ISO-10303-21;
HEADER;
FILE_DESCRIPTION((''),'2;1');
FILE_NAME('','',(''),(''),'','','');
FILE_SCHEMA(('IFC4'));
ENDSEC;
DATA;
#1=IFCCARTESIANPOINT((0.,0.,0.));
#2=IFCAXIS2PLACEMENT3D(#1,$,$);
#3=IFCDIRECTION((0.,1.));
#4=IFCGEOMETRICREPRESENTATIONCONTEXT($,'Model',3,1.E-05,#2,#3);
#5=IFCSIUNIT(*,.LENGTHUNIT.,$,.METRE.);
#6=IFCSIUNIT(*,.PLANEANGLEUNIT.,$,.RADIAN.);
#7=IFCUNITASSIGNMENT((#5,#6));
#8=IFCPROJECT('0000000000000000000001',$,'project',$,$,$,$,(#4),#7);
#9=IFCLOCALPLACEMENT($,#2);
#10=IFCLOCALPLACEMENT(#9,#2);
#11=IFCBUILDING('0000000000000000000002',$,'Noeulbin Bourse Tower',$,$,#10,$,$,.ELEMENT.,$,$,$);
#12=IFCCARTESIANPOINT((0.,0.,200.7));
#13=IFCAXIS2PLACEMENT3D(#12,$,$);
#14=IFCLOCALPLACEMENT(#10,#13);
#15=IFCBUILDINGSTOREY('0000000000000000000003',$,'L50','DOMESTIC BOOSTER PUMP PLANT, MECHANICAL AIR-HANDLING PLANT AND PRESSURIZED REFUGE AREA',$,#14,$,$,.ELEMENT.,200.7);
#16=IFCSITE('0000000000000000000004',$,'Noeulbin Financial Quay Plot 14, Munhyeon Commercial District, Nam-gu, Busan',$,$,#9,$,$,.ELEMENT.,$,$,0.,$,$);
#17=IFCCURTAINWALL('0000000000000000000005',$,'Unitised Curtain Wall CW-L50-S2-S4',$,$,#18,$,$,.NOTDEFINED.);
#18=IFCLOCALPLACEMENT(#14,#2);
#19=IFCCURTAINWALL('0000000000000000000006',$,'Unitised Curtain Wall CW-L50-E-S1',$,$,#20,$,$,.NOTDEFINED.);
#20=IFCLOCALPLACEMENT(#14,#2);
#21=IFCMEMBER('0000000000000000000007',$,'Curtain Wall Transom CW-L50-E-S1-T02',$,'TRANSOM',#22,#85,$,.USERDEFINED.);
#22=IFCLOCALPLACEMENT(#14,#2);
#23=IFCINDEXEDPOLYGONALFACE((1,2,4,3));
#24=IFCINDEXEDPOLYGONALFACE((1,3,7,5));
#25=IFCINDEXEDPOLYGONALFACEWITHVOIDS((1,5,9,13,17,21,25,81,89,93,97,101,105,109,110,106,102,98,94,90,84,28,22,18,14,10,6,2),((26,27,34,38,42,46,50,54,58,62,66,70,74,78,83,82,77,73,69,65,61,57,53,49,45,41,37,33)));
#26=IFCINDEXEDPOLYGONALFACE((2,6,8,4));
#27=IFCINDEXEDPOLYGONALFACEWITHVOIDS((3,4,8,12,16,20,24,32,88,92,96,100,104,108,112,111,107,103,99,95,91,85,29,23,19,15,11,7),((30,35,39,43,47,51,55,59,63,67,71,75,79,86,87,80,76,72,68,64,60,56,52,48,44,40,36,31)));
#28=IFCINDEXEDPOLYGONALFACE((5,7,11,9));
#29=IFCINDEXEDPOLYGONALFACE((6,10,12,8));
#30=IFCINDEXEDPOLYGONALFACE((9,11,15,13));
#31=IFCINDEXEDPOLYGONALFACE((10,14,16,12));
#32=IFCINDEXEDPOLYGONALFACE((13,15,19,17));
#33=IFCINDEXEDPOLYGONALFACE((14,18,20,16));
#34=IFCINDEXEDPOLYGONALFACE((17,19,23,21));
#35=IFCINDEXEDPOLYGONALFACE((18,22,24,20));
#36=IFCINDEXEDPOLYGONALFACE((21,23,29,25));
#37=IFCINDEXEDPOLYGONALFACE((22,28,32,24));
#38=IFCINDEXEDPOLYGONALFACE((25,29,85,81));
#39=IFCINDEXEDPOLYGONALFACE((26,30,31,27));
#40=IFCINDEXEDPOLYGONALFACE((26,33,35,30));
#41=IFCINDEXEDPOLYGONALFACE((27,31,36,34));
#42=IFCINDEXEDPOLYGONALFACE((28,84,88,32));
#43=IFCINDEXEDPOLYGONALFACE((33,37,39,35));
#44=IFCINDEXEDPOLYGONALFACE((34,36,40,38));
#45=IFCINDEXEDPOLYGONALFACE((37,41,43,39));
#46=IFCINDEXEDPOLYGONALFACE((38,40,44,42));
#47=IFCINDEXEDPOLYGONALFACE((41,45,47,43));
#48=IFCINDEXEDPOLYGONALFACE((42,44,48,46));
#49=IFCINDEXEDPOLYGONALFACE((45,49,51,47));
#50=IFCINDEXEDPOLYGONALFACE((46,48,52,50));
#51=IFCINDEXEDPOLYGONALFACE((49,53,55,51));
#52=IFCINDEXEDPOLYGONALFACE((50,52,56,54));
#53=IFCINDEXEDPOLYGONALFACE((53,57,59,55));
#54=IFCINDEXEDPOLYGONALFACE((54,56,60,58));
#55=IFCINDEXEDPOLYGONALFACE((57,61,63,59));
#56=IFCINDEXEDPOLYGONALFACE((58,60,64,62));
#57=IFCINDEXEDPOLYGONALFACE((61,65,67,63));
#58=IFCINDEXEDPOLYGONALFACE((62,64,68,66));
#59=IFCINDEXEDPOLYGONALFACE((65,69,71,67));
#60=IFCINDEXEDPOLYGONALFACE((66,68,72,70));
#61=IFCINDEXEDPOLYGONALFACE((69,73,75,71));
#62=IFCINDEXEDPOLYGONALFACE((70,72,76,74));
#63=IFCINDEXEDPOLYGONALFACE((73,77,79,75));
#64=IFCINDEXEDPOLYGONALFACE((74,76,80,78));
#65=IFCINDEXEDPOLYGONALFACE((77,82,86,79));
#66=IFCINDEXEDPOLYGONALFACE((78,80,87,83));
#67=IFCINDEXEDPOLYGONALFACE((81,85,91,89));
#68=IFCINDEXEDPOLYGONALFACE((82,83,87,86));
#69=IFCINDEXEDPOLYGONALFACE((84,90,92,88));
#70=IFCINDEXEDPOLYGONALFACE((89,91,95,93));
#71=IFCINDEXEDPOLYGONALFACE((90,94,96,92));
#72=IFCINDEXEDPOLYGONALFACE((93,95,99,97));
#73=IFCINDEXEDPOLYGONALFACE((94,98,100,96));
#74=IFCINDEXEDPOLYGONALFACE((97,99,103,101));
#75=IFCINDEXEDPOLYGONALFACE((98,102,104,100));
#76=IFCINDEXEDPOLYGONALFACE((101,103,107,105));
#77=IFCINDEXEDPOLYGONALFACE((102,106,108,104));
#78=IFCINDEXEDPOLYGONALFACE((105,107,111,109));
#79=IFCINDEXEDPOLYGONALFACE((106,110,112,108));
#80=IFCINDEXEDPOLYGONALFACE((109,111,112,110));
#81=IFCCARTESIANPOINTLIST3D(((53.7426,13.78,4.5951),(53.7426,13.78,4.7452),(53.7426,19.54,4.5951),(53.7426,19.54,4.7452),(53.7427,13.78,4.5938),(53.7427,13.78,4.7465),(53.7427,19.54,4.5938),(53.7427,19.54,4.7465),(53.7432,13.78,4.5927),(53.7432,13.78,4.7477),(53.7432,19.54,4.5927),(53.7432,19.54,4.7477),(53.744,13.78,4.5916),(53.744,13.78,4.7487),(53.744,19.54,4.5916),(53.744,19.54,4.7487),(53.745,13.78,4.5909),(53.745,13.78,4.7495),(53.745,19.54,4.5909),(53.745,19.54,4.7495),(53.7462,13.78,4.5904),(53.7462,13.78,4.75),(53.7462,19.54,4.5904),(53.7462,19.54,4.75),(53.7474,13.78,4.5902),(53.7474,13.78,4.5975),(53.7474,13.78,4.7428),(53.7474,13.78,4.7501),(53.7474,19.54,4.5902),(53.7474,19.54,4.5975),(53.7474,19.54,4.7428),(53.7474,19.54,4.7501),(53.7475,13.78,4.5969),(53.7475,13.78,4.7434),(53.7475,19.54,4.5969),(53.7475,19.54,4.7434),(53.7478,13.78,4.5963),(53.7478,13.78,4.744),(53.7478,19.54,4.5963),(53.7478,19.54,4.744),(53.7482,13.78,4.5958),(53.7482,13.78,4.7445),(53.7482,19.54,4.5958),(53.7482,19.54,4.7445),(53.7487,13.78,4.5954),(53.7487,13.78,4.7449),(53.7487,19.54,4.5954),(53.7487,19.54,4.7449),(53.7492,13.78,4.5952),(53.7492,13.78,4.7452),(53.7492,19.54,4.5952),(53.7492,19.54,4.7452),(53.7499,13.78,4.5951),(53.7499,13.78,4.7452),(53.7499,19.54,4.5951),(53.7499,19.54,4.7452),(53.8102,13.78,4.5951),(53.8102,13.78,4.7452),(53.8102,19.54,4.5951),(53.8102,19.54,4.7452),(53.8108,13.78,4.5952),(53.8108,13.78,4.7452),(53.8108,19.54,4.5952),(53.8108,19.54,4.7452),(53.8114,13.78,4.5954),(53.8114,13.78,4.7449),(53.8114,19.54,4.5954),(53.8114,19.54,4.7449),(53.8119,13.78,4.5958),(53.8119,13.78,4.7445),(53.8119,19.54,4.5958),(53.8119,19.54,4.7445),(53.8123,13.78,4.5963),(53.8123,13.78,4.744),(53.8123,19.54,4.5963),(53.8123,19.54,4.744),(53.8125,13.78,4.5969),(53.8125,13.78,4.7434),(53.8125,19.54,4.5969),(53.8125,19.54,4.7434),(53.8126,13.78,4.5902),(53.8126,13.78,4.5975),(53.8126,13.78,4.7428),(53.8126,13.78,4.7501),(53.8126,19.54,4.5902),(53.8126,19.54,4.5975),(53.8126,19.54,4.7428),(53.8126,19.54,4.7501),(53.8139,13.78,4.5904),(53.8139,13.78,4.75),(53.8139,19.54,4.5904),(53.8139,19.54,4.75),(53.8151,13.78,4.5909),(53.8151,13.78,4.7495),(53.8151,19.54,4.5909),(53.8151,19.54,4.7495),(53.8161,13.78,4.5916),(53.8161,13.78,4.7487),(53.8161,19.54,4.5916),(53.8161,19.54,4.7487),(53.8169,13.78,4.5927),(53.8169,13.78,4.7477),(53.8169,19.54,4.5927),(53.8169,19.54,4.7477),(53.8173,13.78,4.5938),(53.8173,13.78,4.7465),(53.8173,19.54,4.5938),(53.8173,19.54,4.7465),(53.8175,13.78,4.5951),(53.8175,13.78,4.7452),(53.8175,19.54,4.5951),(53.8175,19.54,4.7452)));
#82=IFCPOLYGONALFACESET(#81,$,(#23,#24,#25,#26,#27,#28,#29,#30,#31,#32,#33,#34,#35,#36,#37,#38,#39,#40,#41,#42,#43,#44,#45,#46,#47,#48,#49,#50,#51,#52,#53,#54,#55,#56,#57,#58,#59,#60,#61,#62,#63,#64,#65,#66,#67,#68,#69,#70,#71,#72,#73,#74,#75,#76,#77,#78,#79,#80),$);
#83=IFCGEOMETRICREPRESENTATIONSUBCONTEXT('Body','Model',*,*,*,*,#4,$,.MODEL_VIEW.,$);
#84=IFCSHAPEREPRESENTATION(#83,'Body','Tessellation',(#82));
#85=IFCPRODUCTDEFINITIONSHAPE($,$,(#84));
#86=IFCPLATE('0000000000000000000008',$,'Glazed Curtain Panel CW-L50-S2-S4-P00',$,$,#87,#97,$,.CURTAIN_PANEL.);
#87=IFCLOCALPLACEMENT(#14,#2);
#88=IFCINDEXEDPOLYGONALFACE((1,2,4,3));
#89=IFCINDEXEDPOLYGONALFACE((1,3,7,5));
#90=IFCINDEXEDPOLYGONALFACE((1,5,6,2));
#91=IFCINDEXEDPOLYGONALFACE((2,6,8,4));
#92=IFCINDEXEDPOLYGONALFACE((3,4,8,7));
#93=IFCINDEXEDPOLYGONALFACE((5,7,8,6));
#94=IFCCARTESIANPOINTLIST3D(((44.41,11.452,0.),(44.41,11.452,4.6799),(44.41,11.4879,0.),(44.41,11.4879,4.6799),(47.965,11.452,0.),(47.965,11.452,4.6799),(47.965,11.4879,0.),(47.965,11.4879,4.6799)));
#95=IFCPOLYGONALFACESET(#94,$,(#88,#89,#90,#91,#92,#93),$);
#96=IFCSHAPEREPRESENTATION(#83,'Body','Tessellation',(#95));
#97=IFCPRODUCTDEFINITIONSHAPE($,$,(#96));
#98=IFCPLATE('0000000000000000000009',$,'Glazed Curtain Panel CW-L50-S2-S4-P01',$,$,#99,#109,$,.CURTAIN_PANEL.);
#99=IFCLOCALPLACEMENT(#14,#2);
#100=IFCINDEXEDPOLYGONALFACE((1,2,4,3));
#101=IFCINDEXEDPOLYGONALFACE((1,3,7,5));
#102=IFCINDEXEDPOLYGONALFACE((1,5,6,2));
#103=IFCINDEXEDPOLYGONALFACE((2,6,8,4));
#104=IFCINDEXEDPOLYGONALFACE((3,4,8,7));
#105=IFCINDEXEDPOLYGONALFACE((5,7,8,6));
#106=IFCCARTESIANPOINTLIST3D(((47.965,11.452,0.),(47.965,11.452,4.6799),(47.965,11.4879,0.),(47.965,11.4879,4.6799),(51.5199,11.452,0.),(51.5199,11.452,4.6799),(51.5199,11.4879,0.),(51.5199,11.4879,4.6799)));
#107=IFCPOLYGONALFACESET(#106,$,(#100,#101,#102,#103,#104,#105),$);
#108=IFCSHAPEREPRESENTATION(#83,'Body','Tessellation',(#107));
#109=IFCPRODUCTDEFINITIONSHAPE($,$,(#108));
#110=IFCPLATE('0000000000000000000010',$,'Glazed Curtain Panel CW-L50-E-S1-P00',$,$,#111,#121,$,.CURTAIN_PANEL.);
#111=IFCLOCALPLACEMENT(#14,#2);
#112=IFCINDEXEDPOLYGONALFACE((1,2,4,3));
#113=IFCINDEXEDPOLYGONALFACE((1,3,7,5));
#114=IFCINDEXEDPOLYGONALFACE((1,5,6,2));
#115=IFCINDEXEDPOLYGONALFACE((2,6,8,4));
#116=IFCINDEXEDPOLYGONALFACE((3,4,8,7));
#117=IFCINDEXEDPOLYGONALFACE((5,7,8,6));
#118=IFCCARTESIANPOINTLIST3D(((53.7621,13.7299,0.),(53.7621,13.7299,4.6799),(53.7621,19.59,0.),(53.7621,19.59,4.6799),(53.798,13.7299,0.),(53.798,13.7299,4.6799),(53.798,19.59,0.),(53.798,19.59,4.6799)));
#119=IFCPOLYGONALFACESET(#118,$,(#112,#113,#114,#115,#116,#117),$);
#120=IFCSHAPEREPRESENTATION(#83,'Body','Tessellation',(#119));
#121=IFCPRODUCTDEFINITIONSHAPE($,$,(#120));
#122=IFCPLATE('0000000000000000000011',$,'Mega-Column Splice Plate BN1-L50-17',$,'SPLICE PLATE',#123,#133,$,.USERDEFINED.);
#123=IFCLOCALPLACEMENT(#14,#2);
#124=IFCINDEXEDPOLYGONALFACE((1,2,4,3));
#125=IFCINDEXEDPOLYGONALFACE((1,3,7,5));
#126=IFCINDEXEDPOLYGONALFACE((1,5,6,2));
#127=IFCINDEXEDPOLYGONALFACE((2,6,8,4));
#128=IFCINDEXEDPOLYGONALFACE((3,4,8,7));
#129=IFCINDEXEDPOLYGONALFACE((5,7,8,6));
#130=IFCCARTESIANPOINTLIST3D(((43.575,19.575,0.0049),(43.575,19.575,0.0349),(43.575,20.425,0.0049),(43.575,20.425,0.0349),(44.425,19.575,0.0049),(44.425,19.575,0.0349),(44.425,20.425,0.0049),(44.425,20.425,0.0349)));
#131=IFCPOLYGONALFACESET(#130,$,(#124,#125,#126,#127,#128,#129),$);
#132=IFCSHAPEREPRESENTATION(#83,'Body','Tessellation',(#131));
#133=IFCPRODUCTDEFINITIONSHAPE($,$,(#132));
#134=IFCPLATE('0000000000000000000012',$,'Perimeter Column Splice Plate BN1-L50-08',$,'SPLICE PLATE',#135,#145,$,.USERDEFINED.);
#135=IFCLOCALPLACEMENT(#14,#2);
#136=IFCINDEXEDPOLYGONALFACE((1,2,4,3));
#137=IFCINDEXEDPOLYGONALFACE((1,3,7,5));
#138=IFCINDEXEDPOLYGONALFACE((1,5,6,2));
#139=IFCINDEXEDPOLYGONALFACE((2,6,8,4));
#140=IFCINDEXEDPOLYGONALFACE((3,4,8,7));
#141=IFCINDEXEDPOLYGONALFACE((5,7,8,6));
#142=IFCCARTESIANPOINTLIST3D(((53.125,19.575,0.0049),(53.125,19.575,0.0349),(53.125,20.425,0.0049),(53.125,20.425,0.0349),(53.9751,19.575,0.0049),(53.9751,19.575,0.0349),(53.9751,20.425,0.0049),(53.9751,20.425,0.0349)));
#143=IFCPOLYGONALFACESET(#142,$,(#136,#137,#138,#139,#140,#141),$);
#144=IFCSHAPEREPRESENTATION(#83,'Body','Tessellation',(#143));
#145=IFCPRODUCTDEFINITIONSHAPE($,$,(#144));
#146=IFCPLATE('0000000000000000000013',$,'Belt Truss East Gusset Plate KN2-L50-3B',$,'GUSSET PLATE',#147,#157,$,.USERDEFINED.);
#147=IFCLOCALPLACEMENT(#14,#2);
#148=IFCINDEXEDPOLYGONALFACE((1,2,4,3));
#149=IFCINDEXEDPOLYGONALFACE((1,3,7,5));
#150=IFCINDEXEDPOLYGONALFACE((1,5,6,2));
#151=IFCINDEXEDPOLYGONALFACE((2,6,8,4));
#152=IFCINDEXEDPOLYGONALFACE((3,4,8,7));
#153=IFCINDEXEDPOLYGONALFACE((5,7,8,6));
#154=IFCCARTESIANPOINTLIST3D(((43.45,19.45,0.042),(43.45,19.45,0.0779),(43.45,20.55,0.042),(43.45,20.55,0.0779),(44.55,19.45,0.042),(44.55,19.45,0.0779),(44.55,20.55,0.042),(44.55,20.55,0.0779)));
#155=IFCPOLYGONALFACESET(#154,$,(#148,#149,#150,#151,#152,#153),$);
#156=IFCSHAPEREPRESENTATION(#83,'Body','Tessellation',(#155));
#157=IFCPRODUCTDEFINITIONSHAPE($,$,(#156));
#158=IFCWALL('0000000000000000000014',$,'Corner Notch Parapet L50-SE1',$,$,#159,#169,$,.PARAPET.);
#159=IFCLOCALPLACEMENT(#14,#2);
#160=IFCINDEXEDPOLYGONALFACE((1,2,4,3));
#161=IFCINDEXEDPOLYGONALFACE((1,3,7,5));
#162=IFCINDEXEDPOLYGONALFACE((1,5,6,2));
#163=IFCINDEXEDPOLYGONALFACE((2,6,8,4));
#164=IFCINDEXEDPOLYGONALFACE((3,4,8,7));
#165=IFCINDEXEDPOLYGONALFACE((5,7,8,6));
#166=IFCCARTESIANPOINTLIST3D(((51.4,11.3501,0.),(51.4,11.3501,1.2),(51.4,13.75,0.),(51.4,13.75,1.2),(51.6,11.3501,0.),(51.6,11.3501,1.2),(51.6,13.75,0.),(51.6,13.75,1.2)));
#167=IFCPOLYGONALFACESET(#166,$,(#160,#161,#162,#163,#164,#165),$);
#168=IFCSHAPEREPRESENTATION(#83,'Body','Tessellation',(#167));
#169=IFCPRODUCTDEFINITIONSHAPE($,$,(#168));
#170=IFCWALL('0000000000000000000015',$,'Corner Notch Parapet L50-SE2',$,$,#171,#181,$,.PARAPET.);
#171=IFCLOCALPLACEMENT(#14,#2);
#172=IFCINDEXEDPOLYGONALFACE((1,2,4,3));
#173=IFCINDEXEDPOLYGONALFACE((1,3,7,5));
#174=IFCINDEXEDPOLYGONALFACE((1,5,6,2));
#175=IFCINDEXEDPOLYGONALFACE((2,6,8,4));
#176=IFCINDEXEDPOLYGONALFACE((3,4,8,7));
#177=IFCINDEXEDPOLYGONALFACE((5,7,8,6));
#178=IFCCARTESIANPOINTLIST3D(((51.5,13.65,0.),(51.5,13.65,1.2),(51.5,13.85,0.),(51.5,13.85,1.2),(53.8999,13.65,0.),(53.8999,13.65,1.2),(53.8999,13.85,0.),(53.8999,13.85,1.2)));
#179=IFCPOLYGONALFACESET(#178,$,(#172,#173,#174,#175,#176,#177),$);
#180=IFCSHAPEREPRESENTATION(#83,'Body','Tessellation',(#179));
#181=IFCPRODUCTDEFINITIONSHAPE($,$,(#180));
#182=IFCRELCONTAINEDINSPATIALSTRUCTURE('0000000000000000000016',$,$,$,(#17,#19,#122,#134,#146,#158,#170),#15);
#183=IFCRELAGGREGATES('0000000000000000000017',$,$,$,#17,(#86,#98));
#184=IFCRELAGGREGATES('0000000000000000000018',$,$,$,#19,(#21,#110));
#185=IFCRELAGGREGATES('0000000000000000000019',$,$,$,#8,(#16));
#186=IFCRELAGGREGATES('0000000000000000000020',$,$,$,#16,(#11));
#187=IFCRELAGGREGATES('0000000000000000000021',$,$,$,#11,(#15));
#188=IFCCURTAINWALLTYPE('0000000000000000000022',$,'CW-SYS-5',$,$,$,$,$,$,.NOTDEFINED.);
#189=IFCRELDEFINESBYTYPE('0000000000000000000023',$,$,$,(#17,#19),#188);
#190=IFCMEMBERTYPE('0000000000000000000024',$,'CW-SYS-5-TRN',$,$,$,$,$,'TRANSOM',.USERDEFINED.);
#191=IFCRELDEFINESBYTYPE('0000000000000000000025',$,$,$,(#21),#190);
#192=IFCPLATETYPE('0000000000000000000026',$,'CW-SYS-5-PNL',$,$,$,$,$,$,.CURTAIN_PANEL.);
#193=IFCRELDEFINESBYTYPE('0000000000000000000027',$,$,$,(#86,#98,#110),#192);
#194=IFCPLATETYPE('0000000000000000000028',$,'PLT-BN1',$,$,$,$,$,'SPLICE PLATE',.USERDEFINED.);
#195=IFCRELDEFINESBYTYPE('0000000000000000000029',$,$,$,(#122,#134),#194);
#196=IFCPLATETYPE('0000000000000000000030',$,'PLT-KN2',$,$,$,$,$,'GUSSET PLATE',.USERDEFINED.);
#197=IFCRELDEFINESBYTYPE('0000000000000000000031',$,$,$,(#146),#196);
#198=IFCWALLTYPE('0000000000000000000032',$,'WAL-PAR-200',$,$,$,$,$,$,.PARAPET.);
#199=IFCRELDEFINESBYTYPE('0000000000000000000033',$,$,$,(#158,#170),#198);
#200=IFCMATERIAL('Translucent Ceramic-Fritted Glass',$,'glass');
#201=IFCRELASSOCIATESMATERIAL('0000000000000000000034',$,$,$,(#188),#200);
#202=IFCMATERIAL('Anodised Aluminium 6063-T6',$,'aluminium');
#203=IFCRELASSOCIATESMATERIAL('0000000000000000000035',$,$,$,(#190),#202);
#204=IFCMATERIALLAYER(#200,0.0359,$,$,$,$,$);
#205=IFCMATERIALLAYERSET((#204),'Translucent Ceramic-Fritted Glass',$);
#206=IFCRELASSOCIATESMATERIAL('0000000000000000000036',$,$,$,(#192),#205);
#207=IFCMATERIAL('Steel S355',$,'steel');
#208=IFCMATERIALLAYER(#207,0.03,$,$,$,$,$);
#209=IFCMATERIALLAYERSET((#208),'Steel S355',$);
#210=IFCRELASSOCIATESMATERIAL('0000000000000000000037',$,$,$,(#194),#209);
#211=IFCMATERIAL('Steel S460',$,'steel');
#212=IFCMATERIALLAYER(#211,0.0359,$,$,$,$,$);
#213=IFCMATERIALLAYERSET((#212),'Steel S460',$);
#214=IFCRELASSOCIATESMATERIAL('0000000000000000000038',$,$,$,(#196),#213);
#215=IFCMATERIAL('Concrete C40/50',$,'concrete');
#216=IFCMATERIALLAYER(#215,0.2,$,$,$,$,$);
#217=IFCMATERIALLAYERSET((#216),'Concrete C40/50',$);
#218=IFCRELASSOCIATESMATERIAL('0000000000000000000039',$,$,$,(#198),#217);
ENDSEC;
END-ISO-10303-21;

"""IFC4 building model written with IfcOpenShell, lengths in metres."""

from ifc_helpers import new_model, si_unit, direction, frame, frame_2d, origin, origin_2d, place, context, subcontext, project, spatial, rectangle, hollow_rectangle, extrude, material, layer, layer_set, material_profile, profile_set, type_object, element, aggregate, save


model = new_model("IFC4")

# Units and contexts
model_context = context("Model", 3, precision=1e-05, world=origin(), true_north=direction((0.0, 1.0)))
body_context = subcontext(model_context, "Body", "Model", "MODEL_VIEW")
ifc_project = project(units=[si_unit("LENGTHUNIT", "METRE"), si_unit("PLANEANGLEUNIT", "RADIAN")], contexts=[model_context])

# Site, building, storey
site_placement = place(None, origin())
site = spatial("IfcSite", under=ifc_project, at=site_placement, Name="Noeulbin Financial Quay Plot 14, Munhyeon Commercial District, Nam-gu, Busan", CompositionType="ELEMENT", RefElevation=0.0)
building_placement = place(site_placement, origin())
building = spatial("IfcBuilding", under=site, at=building_placement, Name="Noeulbin Bourse Tower", CompositionType="ELEMENT")
storey_placement = place(building_placement, frame((0.0, 0.0, 200.7)))
storey = spatial("IfcBuildingStorey", under=building, at=storey_placement, Name="L50", Description="DOMESTIC BOOSTER PUMP PLANT, MECHANICAL AIR-HANDLING PLANT AND PRESSURIZED REFUGE AREA", CompositionType="ELEMENT", Elevation=200.7)

# Shared definitions
ifc_material_1 = material(Name="Steel S355", Category="steel")

# Shared definitions
ifc_material_2 = material(Name="Steel S460", Category="steel")

# Curtain walls
ifc_material_3 = material(Name="Translucent Ceramic-Fritted Glass", Category="glass")
curtain_wall_type = type_object("IfcCurtainWallType", Name="CW-SYS-5", PredefinedType="NOTDEFINED", material=ifc_material_3)
curtain_wall_1_placement = place(storey_placement, origin())
curtain_wall_1 = element("IfcCurtainWall", 1, at=curtain_wall_1_placement, inside=storey, type_object=curtain_wall_type, Name="Unitised Curtain Wall CW-L50-S2-S4", PredefinedType="NOTDEFINED")
ifc_material_4 = material(Name="Anodised Aluminium 6063-T6", Category="aluminium")
curtain_wall_2_placement = place(storey_placement, origin())
curtain_wall_2 = element("IfcCurtainWall", 2, at=curtain_wall_2_placement, inside=storey, type_object=curtain_wall_type, Name="Unitised Curtain Wall CW-L50-E-S1", PredefinedType="NOTDEFINED")

# Member
ifc_material_profile_1 = material_profile(ifc_material_4, hollow_rectangle(XDim=0.075, YDim=0.1599, WallThickness=0.0049, InnerFilletRadius=0.0024, OuterFilletRadius=0.0049, at=origin_2d()), Name="ALU-TRAN-75x160x5", Category="LoadBearing")
ifc_profile_set_1 = profile_set([ifc_material_profile_1], Name="Anodised Aluminium 6063-T6")
member_type_1 = type_object("IfcMemberType", Name="CW-SYS-5-TRN", ElementType="TRANSOM", PredefinedType="USERDEFINED", material=ifc_profile_set_1)
member_1_placement = place(storey_placement, frame((53.78, 13.78, 4.6702), z_axis=(0.0, 1.0, 0.0), x_axis=(-1.0, 0.0, 0.0)))
member_1 = element("IfcMember", 3, at=member_1_placement, type_object=member_type_1, Name="Curtain Wall Transom CW-L50-E-S1-T02", ObjectType="TRANSOM", PredefinedType="USERDEFINED", context=body_context, shape_type="SweptSolid", body=[
    extrude(hollow_rectangle(XDim=0.075, YDim=0.1599, WallThickness=0.0049, InnerFilletRadius=0.0024, OuterFilletRadius=0.0049, at=origin_2d()), origin(), (0.0, 0.0, 1.0), 5.76),
])

# Plates
ifc_layer_1 = layer(ifc_material_3, 0.0359)
ifc_layer_set_1 = layer_set([ifc_layer_1], Name="Translucent Ceramic-Fritted Glass")
plate_type_1 = type_object("IfcPlateType", Name="CW-SYS-5-PNL", PredefinedType="CURTAIN_PANEL", material=ifc_layer_set_1)
plate_1_placement = place(storey_placement, frame((46.1875, 11.47, 0.0), z_axis=(0.0, 0.0, 1.0), x_axis=(1.0, 0.0, 0.0)))
plate_1 = element("IfcPlate", 4, at=plate_1_placement, type_object=plate_type_1, Name="Glazed Curtain Panel CW-L50-S2-S4-P00", PredefinedType="CURTAIN_PANEL", context=body_context, shape_type="SweptSolid", body=[
    extrude(rectangle(XDim=3.5549, YDim=0.0359, at=origin_2d()), origin(), (0.0, 0.0, 1.0), 4.6799),
])
plate_2_placement = place(storey_placement, frame((49.7424, 11.47, 0.0), z_axis=(0.0, 0.0, 1.0), x_axis=(1.0, 0.0, 0.0)))
plate_2 = element("IfcPlate", 5, at=plate_2_placement, type_object=plate_type_1, Name="Glazed Curtain Panel CW-L50-S2-S4-P01", PredefinedType="CURTAIN_PANEL", context=body_context, shape_type="SweptSolid", body=[
    extrude(rectangle(XDim=3.5549, YDim=0.0359, at=origin_2d()), origin(), (0.0, 0.0, 1.0), 4.6799),
])
aggregate(curtain_wall_1, [plate_1, plate_2])
plate_3_placement = place(storey_placement, frame((53.78, 16.6599, 0.0), z_axis=(0.0, 0.0, 1.0), x_axis=(0.0, 1.0, 0.0)))
plate_3 = element("IfcPlate", 6, at=plate_3_placement, type_object=plate_type_1, Name="Glazed Curtain Panel CW-L50-E-S1-P00", PredefinedType="CURTAIN_PANEL", context=body_context, shape_type="SweptSolid", body=[
    extrude(rectangle(XDim=5.8601, YDim=0.0359, at=origin_2d()), origin(), (0.0, 0.0, 1.0), 4.6799),
])
aggregate(curtain_wall_2, [member_1, plate_3])

# Plates
ifc_layer_2 = layer(ifc_material_1, 0.03)
ifc_layer_set_2 = layer_set([ifc_layer_2], Name="Steel S355")
plate_type_2 = type_object("IfcPlateType", Name="PLT-BN1", ElementType="SPLICE PLATE", PredefinedType="USERDEFINED", material=ifc_layer_set_2)
for number, where, z_axis, x_axis, name in (
    (7, (44.0, 20.0, 0.0049), (0.0, 0.0, 1.0), (1.0, 0.0, 0.0), "Mega-Column Splice Plate BN1-L50-17"),
    (8, (53.55, 20.0, 0.0049), (0.0, 0.0, 1.0), (1.0, 0.0, 0.0), "Perimeter Column Splice Plate BN1-L50-08"),
):
    element("IfcPlate", number, at=place(storey_placement, frame(where, z_axis=z_axis, x_axis=x_axis)), inside=storey, type_object=plate_type_2, Name=name, ObjectType="SPLICE PLATE", PredefinedType="USERDEFINED", context=body_context, shape_type="SweptSolid", body=[
        extrude(rectangle(XDim=0.8501, YDim=0.8501, at=origin_2d()), origin(), (0.0, 0.0, 1.0), 0.03),
    ])
ifc_layer_3 = layer(ifc_material_2, 0.0359)
ifc_layer_set_3 = layer_set([ifc_layer_3], Name="Steel S460")
plate_type_3 = type_object("IfcPlateType", Name="PLT-KN2", ElementType="GUSSET PLATE", PredefinedType="USERDEFINED", material=ifc_layer_set_3)
plate_4_placement = place(storey_placement, frame((44.0, 20.0, 0.042), z_axis=(0.0, 0.0, 1.0), x_axis=(1.0, 0.0, 0.0)))
element("IfcPlate", 9, at=plate_4_placement, inside=storey, type_object=plate_type_3, Name="Belt Truss East Gusset Plate KN2-L50-3B", ObjectType="GUSSET PLATE", PredefinedType="USERDEFINED", context=body_context, shape_type="SweptSolid", body=[
    extrude(rectangle(XDim=1.1001, YDim=1.1001, at=origin_2d()), origin(), (0.0, 0.0, 1.0), 0.0359),
])

# Walls
ifc_material_5 = material(Name="Concrete C40/50", Category="concrete")
ifc_layer_4 = layer(ifc_material_5, 0.2)
ifc_layer_set_4 = layer_set([ifc_layer_4], Name="Concrete C40/50")
wall_type = type_object("IfcWallType", Name="WAL-PAR-200", PredefinedType="PARAPET", material=ifc_layer_set_4)
for number, where, z_axis, x_axis, name in (
    (10, (51.5, 11.3501, 0.0), (0.0, 0.0, 1.0), (0.0, 1.0, 0.0), "Corner Notch Parapet L50-SE1"),
    (11, (51.5, 13.75, 0.0), (0.0, 0.0, 1.0), (1.0, 0.0, 0.0), "Corner Notch Parapet L50-SE2"),
):
    element("IfcWall", number, at=place(storey_placement, frame(where, z_axis=z_axis, x_axis=x_axis)), inside=storey, type_object=wall_type, Name=name, PredefinedType="PARAPET", context=body_context, shape_type="SweptSolid", body=[
        extrude(rectangle(XDim=2.3999, YDim=0.2, at=frame_2d((1.2, 0.0))), origin(), (0.0, 0.0, 1.0), 1.2),
    ])

save(model, "model.ifc")
